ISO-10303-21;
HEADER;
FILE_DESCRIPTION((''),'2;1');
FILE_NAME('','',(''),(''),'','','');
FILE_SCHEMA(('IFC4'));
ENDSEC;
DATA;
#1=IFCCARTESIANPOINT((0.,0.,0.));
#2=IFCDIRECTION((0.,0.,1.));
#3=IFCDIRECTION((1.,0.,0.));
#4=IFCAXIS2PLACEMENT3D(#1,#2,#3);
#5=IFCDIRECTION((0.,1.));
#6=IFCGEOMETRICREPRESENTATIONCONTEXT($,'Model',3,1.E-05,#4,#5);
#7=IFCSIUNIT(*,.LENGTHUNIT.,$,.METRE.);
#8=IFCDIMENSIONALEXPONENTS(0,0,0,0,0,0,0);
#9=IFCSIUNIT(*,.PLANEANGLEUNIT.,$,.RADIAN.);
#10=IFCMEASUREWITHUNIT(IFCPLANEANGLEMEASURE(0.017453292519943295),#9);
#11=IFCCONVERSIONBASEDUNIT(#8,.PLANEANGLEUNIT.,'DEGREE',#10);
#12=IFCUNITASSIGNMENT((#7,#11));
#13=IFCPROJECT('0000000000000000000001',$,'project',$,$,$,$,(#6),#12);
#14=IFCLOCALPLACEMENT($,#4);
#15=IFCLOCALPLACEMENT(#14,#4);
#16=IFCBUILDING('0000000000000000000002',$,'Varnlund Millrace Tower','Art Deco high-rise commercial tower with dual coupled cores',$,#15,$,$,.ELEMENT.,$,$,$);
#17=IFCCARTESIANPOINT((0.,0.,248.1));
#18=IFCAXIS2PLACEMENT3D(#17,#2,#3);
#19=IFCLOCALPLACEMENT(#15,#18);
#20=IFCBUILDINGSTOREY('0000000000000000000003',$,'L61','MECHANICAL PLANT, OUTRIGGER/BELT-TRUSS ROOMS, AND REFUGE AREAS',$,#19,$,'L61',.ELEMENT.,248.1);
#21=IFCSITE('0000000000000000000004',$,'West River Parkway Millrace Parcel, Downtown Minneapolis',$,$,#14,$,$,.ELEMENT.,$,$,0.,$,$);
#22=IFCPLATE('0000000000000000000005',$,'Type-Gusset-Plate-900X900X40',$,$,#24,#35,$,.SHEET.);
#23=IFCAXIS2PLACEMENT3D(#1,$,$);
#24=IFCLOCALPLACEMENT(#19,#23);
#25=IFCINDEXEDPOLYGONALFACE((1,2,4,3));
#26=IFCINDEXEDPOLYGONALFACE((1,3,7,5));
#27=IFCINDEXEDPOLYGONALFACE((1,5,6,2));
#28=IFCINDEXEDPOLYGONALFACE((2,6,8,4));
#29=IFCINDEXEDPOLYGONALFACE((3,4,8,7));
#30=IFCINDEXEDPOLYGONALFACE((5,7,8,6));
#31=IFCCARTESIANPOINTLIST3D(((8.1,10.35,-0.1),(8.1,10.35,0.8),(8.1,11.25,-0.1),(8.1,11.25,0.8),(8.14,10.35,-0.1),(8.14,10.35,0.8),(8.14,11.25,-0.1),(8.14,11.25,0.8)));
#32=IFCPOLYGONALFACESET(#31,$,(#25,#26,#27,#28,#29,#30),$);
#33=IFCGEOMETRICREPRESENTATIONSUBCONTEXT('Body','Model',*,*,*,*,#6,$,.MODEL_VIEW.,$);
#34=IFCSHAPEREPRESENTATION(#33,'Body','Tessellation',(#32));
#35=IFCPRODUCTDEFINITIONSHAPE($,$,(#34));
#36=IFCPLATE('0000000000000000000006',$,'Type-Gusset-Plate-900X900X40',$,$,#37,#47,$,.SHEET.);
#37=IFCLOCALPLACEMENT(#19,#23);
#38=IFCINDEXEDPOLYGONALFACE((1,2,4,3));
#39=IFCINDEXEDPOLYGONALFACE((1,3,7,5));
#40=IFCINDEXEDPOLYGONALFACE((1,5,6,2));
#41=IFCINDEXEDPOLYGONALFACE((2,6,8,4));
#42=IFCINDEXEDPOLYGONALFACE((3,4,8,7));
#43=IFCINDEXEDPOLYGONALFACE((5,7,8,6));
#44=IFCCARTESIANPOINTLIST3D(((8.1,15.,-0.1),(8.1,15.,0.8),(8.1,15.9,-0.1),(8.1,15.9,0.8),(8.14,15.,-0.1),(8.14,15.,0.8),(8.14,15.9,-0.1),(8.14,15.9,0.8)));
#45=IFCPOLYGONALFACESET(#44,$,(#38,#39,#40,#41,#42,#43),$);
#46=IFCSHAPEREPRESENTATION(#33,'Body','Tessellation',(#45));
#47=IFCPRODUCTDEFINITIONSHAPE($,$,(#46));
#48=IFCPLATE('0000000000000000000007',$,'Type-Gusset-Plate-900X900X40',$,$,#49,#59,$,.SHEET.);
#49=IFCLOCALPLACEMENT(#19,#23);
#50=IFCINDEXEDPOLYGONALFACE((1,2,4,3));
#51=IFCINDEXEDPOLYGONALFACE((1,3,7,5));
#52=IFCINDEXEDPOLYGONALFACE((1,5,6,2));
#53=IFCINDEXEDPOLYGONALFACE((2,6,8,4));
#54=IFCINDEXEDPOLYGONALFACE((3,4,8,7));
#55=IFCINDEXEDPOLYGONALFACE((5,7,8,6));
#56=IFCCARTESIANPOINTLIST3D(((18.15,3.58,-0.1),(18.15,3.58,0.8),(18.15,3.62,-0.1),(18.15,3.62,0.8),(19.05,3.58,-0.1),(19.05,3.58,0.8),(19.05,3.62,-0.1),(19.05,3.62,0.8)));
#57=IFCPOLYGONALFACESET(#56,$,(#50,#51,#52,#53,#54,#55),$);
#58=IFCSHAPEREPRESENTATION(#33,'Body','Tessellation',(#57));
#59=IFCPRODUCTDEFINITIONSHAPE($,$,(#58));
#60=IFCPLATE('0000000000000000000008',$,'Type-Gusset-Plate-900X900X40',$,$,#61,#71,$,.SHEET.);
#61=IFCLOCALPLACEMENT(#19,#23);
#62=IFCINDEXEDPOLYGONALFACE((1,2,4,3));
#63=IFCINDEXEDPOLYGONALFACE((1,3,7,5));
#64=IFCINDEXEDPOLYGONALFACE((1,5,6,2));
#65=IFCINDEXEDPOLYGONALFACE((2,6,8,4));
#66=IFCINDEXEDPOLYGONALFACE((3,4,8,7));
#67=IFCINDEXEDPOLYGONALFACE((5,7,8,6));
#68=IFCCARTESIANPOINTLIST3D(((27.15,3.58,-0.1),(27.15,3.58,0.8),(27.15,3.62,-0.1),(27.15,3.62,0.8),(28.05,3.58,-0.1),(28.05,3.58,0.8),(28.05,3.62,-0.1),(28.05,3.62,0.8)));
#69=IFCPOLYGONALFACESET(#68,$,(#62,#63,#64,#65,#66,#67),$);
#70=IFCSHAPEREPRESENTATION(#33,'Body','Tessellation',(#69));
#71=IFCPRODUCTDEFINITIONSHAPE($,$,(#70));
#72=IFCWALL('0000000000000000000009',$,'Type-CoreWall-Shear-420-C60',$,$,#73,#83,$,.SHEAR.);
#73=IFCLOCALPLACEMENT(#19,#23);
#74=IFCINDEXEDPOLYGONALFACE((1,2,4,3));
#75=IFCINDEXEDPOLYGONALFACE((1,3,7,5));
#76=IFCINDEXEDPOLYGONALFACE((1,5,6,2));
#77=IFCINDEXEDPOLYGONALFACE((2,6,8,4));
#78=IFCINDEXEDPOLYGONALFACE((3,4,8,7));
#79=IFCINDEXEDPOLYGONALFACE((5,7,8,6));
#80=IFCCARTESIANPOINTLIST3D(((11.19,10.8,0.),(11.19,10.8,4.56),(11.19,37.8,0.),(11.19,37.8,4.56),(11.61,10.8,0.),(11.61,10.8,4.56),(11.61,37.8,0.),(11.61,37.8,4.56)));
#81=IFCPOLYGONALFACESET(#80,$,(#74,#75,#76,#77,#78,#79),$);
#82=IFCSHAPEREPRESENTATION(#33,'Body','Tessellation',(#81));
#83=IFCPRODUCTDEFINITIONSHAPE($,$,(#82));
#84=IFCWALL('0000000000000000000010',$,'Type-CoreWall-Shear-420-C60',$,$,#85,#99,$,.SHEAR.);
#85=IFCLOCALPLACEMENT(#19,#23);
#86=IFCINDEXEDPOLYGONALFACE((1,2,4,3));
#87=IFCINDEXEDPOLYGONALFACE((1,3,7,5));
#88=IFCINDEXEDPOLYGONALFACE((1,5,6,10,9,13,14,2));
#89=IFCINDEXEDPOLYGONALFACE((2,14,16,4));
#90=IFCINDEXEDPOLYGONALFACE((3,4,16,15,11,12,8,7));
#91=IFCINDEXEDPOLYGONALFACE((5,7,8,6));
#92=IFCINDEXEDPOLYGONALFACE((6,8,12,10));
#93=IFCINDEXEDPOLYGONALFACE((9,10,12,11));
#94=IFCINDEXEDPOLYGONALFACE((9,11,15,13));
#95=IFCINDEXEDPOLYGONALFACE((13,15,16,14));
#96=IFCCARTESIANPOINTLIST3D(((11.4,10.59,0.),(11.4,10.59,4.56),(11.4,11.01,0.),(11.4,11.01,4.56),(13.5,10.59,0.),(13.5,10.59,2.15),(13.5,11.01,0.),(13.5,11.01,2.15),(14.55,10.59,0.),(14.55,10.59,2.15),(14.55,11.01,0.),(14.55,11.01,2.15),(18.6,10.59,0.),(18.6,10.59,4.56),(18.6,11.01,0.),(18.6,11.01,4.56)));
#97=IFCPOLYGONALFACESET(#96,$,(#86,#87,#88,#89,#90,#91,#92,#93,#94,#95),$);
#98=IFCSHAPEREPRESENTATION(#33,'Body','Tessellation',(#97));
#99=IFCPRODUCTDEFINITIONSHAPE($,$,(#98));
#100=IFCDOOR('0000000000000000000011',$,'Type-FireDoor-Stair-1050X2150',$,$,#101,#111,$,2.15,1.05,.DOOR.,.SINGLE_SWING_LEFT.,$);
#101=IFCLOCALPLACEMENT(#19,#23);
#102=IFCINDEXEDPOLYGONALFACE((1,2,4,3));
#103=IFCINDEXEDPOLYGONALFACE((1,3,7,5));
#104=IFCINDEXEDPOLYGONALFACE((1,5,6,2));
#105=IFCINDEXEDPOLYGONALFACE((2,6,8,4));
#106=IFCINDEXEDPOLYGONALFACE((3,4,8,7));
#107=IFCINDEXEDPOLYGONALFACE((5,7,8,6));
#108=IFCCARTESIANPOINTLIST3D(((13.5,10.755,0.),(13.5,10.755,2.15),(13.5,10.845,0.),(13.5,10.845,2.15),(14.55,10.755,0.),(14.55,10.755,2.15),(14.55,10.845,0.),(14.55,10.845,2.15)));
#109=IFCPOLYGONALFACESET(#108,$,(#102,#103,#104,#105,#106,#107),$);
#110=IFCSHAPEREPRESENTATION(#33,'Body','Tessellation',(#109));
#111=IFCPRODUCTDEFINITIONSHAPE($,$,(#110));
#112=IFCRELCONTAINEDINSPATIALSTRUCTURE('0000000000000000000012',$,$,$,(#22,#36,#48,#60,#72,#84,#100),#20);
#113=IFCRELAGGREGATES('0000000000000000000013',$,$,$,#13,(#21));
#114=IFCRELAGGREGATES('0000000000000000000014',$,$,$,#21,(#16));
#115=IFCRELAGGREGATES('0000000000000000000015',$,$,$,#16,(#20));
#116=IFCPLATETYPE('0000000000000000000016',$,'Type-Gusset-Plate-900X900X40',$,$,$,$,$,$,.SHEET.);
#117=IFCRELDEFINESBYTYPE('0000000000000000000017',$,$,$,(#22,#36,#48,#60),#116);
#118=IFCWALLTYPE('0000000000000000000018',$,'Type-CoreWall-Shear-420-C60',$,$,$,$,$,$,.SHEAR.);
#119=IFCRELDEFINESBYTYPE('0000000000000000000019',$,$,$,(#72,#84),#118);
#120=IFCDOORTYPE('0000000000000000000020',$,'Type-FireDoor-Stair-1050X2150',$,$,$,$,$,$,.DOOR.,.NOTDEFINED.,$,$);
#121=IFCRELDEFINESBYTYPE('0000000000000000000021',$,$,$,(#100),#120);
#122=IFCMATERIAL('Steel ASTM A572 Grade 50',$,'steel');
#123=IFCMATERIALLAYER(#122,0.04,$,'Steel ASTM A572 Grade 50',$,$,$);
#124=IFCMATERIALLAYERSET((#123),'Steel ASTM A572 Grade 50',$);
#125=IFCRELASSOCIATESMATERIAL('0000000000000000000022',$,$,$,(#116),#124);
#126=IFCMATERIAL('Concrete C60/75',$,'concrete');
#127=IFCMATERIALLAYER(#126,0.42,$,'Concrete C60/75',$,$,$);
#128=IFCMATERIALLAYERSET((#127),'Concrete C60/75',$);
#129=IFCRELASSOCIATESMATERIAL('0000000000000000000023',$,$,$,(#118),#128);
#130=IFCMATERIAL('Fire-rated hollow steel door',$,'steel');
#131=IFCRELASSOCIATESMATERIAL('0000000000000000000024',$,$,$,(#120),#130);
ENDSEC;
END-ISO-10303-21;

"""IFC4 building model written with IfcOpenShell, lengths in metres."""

from ifc_helpers import new_model, entity, si_unit, converted_unit, direction, frame, origin_with_axes, origin_2d_with_axis, place, context, subcontext, project, spatial, polyline, rectangle, outline, extrude, material, layer, layer_set, type_object, element, fill, save


model = new_model("IFC4")

# Units and contexts
model_context = context("Model", 3, precision=1e-05, world=origin_with_axes(), true_north=direction((0.0, 1.0)))
body_context = subcontext(model_context, "Body", "Model", "MODEL_VIEW")
ifc_project = project(units=[si_unit("LENGTHUNIT", "METRE"), converted_unit("PLANEANGLEUNIT", "DEGREE", entity("IfcPlaneAngleMeasure", 0.017453292519943295), si_unit("PLANEANGLEUNIT", "RADIAN"), dimensions=[0, 0, 0, 0, 0, 0, 0])], contexts=[model_context])

# Site, building, storey
site_placement = place(None, origin_with_axes())
site = spatial("IfcSite", under=ifc_project, at=site_placement, Name="West River Parkway Millrace Parcel, Downtown Minneapolis", CompositionType="ELEMENT", RefElevation=0.0)
building_placement = place(site_placement, origin_with_axes())
building = spatial("IfcBuilding", under=site, at=building_placement, Name="Varnlund Millrace Tower", Description="Art Deco high-rise commercial tower with dual coupled cores", CompositionType="ELEMENT")
storey_placement = place(building_placement, frame((0.0, 0.0, 248.1), z_axis=(0.0, 0.0, 1.0), x_axis=(1.0, 0.0, 0.0)))
storey = spatial("IfcBuildingStorey", under=building, at=storey_placement, Name="L61", Description="MECHANICAL PLANT, OUTRIGGER/BELT-TRUSS ROOMS, AND REFUGE AREAS", LongName="L61", CompositionType="ELEMENT", Elevation=248.1)

# Plates
ifc_material_1 = material(Name="Steel ASTM A572 Grade 50", Category="steel")
ifc_layer_1 = layer(ifc_material_1, 0.04, Name="Steel ASTM A572 Grade 50")
ifc_layer_set_1 = layer_set([ifc_layer_1], Name="Steel ASTM A572 Grade 50")
plate_type = type_object("IfcPlateType", Name="Type-Gusset-Plate-900X900X40", PredefinedType="SHEET", material=ifc_layer_set_1)
for number, where, z_axis, x_axis, name in (
    (1, (8.12, 10.8, -0.1), (0.0, 0.0, 1.0), (0.0, 1.0, 0.0), "Type-Gusset-Plate-900X900X40"),
    (2, (8.12, 15.45, -0.1), (0.0, 0.0, 1.0), (0.0, 1.0, 0.0), "Type-Gusset-Plate-900X900X40"),
    (3, (18.6, 3.6, -0.1), (0.0, 0.0, 1.0), (1.0, 0.0, 0.0), "Type-Gusset-Plate-900X900X40"),
    (4, (27.6, 3.6, -0.1), (0.0, 0.0, 1.0), (1.0, 0.0, 0.0), "Type-Gusset-Plate-900X900X40"),
):
    element("IfcPlate", number, at=place(storey_placement, frame(where, z_axis=z_axis, x_axis=x_axis)), inside=storey, type_object=plate_type, Name=name, PredefinedType="SHEET", context=body_context, shape_type="SweptSolid", body=[
        extrude(rectangle(XDim=0.9, YDim=0.04, at=origin_2d_with_axis()), origin_with_axes(), (0.0, 0.0, 1.0), 0.9),
    ])

# Wall
ifc_material_2 = material(Name="Concrete C60/75", Category="concrete")
ifc_layer_2 = layer(ifc_material_2, 0.42, Name="Concrete C60/75")
ifc_layer_set_2 = layer_set([ifc_layer_2], Name="Concrete C60/75")
wall_type_1 = type_object("IfcWallType", Name="Type-CoreWall-Shear-420-C60", PredefinedType="SHEAR", material=ifc_layer_set_2)
wall_1_placement = place(storey_placement, frame((11.4, 10.8, 0.0), z_axis=(0.0, 0.0, 1.0), x_axis=(0.0, 1.0, 0.0)))
element("IfcWall", 5, at=wall_1_placement, inside=storey, type_object=wall_type_1, Name="Type-CoreWall-Shear-420-C60", PredefinedType="SHEAR", context=body_context, shape_type="SweptSolid", body=[
    extrude(outline(polyline([(0.0, -0.21), (27.0, -0.21), (27.0, 0.21), (0.0, 0.21), (0.0, -0.21)])), origin_with_axes(), (0.0, 0.0, 1.0), 4.56),
])

# Wall, opening, door
wall_2_placement = place(storey_placement, frame((11.4, 10.8, 0.0), z_axis=(0.0, 0.0, 1.0), x_axis=(1.0, 0.0, 0.0)))
wall_2 = element("IfcWall", 6, at=wall_2_placement, inside=storey, type_object=wall_type_1, Name="Type-CoreWall-Shear-420-C60", PredefinedType="SHEAR", context=body_context, shape_type="SweptSolid", body=[
    extrude(outline(polyline([(0.0, -0.21), (7.2, -0.21), (7.2, 0.21), (0.0, 0.21), (0.0, -0.21)])), origin_with_axes(), (0.0, 0.0, 1.0), 4.56),
])
opening_1_placement = place(wall_2_placement, frame((2.625, 0.0, 0.0), z_axis=(0.0, 0.0, 1.0), x_axis=(1.0, 0.0, 0.0)))
opening_1 = element("IfcOpeningElement", 7, at=opening_1_placement, cuts=wall_2, PredefinedType="OPENING", context=body_context, shape_type="SweptSolid", body=[
    extrude(rectangle(XDim=1.05, YDim=0.44, at=origin_2d_with_axis()), origin_with_axes(), (0.0, 0.0, 1.0), 2.15),
])
ifc_material_3 = material(Name="Fire-rated hollow steel door", Category="steel")
door_type_1 = type_object("IfcDoorType", Name="Type-FireDoor-Stair-1050X2150", OperationType="NOTDEFINED", PredefinedType="DOOR", material=ifc_material_3)
door_1_placement = place(wall_2_placement, frame((2.625, 0.0, 0.0), z_axis=(0.0, 0.0, 1.0), x_axis=(1.0, 0.0, 0.0)))
door_1 = element("IfcDoor", 8, at=door_1_placement, inside=storey, type_object=door_type_1, Name="Type-FireDoor-Stair-1050X2150", OperationType="SINGLE_SWING_LEFT", OverallHeight=2.15, OverallWidth=1.05, PredefinedType="DOOR", context=body_context, shape_type="SweptSolid", body=[
    extrude(rectangle(XDim=1.05, YDim=0.09, at=origin_2d_with_axis()), origin_with_axes(), (0.0, 0.0, 1.0), 2.15),
])
fill(opening_1, door_1)

save(model, "model.ifc")
